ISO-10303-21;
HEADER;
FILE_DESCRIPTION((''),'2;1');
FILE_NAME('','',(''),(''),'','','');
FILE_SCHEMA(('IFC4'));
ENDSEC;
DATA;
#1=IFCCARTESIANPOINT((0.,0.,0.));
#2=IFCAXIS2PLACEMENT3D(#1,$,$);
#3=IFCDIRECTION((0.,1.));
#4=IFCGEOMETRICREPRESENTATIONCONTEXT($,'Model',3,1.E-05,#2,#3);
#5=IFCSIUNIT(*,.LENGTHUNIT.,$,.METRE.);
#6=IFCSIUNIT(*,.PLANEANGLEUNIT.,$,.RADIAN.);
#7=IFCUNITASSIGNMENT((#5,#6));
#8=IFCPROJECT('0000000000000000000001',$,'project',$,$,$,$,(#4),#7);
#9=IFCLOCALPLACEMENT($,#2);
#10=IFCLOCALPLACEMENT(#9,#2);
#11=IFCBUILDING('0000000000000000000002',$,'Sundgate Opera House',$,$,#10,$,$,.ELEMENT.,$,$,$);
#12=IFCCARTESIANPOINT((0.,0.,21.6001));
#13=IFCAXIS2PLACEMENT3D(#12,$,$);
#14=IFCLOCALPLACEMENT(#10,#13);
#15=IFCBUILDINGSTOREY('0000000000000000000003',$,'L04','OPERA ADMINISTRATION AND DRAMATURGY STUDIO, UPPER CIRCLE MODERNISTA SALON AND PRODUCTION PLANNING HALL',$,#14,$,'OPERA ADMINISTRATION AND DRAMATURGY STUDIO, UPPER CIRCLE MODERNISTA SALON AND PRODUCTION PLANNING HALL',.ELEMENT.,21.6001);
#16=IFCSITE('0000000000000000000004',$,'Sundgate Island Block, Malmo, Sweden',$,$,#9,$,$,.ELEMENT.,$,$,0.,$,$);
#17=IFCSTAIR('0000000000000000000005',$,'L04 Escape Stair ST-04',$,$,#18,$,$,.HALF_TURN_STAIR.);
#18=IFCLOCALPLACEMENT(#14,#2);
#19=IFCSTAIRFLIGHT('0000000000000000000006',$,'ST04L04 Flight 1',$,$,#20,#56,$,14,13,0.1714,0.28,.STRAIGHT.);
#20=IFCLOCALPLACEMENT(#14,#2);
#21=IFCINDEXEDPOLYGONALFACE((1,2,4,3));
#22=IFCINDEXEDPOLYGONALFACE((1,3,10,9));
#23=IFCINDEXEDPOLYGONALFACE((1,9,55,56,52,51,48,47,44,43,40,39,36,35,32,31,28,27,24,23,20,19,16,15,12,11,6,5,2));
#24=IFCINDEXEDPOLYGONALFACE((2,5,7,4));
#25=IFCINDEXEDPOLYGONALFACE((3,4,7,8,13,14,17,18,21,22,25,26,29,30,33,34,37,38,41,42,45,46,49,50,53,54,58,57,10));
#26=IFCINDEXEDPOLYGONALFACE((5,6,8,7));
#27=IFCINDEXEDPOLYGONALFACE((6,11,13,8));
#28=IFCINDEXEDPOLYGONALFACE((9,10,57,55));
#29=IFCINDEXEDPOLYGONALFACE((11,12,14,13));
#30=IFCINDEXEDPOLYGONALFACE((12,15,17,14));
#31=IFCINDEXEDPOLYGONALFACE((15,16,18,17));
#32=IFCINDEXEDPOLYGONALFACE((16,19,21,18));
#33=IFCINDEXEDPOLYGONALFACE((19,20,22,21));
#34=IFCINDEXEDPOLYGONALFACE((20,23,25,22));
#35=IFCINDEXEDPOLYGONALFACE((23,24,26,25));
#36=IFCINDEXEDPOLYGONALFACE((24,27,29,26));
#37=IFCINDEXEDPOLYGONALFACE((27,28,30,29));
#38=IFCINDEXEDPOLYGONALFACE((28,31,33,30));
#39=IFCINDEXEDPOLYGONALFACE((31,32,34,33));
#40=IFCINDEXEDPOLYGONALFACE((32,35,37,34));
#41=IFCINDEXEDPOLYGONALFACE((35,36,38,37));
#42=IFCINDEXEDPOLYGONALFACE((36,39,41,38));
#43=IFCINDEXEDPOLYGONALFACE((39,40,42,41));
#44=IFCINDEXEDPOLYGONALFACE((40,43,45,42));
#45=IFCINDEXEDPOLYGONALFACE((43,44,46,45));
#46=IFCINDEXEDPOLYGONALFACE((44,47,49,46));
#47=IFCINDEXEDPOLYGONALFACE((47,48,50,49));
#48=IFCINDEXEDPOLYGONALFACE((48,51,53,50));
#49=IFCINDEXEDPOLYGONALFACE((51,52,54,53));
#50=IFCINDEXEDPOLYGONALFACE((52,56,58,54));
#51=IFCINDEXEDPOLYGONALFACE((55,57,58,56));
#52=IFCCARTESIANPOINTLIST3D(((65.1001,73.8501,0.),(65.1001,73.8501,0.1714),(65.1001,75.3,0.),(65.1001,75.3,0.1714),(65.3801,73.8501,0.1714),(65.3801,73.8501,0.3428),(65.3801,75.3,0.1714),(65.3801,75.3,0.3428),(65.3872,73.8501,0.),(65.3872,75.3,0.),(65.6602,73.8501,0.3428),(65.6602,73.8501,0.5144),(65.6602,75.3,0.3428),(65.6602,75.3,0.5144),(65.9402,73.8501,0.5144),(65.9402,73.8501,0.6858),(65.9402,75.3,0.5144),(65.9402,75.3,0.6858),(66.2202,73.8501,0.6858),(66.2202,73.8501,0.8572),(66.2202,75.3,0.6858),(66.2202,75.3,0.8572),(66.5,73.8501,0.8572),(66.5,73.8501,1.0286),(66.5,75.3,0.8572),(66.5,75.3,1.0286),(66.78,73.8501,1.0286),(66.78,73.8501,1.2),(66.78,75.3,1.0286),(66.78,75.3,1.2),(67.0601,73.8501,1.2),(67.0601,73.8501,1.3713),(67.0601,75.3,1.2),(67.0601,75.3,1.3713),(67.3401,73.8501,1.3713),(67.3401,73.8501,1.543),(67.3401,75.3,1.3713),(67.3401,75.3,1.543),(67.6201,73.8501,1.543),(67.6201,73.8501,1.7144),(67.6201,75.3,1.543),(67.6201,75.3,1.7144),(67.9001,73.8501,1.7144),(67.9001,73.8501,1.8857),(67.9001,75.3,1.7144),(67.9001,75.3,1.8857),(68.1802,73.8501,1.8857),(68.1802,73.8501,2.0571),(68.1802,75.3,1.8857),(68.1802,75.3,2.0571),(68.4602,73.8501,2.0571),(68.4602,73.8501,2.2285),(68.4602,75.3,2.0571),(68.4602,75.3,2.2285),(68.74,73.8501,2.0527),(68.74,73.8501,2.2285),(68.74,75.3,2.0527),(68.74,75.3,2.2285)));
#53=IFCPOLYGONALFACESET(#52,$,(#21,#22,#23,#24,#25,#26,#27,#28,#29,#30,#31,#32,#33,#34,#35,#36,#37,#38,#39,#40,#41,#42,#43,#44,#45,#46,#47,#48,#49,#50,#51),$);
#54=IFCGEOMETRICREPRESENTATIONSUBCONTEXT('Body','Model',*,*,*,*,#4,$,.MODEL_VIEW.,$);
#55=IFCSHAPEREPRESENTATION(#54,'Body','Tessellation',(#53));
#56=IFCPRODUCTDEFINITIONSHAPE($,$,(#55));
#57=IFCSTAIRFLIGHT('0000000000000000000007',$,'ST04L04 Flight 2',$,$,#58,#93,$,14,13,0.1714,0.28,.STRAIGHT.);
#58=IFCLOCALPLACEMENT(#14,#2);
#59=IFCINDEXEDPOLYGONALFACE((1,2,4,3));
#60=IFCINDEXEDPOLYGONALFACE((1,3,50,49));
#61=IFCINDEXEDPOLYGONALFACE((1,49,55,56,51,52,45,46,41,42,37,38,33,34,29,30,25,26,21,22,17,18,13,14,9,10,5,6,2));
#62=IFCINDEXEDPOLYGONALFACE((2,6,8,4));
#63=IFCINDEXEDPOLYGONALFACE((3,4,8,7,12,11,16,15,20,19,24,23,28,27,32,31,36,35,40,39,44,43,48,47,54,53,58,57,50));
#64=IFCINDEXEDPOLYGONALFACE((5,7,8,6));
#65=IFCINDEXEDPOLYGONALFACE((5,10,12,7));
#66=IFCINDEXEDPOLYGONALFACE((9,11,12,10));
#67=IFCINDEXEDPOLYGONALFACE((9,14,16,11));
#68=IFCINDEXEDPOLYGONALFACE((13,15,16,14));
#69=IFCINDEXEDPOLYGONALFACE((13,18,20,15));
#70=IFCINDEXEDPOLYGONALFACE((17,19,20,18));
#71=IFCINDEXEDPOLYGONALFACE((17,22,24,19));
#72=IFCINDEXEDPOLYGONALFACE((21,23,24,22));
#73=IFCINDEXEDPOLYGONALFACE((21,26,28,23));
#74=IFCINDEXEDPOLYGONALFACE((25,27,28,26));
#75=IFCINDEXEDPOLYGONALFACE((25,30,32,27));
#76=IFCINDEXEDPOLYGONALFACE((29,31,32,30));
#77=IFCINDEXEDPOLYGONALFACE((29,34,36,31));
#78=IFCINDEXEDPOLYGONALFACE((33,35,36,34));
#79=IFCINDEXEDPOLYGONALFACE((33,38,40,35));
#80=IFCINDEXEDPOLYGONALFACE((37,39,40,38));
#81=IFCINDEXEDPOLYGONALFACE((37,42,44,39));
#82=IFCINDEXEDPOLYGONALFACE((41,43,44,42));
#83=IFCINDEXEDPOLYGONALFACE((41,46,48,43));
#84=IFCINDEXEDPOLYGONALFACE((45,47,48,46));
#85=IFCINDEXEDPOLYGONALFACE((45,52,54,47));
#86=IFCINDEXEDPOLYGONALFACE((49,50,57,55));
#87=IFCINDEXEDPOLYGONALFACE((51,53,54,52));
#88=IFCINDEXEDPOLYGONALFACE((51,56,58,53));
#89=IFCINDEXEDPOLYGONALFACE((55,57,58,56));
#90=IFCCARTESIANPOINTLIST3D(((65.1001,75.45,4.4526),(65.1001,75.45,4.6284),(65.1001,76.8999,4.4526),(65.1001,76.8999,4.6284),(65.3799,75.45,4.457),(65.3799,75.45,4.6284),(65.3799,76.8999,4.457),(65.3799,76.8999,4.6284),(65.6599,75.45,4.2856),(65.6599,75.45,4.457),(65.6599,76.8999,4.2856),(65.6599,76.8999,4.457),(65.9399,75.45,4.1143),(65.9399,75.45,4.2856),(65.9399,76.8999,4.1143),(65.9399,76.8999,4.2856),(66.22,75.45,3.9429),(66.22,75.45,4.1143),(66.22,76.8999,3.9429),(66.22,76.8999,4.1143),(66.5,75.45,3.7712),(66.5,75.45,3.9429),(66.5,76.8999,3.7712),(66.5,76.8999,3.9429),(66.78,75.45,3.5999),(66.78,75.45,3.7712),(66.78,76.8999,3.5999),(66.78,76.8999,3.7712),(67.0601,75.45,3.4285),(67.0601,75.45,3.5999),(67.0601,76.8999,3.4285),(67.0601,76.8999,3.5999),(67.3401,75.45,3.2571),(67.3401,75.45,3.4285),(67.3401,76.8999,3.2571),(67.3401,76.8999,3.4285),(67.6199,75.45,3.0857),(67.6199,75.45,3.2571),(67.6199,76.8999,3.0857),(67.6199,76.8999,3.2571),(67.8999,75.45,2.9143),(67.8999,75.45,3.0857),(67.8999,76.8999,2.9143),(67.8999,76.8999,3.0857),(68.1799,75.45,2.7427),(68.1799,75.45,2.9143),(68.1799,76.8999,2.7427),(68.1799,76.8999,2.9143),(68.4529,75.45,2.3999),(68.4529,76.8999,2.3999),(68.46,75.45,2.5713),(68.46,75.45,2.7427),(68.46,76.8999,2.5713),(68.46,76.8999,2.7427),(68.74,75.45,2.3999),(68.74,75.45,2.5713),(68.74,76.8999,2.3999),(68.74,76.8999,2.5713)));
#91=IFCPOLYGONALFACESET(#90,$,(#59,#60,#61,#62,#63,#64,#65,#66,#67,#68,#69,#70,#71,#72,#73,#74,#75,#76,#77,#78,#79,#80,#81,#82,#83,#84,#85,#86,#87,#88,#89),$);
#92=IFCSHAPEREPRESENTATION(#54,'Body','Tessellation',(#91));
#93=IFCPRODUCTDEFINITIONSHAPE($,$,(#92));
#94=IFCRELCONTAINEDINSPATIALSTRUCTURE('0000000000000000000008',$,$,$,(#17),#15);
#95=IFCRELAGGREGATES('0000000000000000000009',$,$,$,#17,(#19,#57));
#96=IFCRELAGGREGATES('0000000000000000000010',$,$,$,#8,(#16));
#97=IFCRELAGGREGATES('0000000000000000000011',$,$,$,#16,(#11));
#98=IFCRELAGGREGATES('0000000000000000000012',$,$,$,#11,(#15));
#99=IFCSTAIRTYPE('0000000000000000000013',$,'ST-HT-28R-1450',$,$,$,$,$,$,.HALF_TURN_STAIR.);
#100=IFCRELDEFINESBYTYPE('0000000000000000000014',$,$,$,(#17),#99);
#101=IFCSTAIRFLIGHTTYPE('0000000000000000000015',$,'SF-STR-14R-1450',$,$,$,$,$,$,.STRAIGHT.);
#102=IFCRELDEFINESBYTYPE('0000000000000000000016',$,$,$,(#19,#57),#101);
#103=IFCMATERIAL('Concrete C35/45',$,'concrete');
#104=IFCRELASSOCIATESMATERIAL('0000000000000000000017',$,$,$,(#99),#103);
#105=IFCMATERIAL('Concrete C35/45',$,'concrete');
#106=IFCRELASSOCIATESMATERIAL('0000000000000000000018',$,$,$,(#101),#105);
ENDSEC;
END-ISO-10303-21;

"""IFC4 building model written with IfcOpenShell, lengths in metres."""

from ifc_helpers import new_model, si_unit, direction, frame, origin, place, context, subcontext, project, spatial, polyline, outline, extrude, material, type_object, element, aggregate, save


model = new_model("IFC4")

# Units and contexts
model_context = context("Model", 3, precision=1e-05, world=origin(), true_north=direction((0.0, 1.0)))
body_context = subcontext(model_context, "Body", "Model", "MODEL_VIEW")
ifc_project = project(units=[si_unit("LENGTHUNIT", "METRE"), si_unit("PLANEANGLEUNIT", "RADIAN")], contexts=[model_context])

# Site, building, storey
site_placement = place(None, origin())
site = spatial("IfcSite", under=ifc_project, at=site_placement, Name="Sundgate Island Block, Malmo, Sweden", CompositionType="ELEMENT", RefElevation=0.0)
building_placement = place(site_placement, origin())
building = spatial("IfcBuilding", under=site, at=building_placement, Name="Sundgate Opera House", CompositionType="ELEMENT")
storey_placement = place(building_placement, frame((0.0, 0.0, 21.6001)))
storey = spatial("IfcBuildingStorey", under=building, at=storey_placement, Name="L04", Description="OPERA ADMINISTRATION AND DRAMATURGY STUDIO, UPPER CIRCLE MODERNISTA SALON AND PRODUCTION PLANNING HALL", LongName="OPERA ADMINISTRATION AND DRAMATURGY STUDIO, UPPER CIRCLE MODERNISTA SALON AND PRODUCTION PLANNING HALL", CompositionType="ELEMENT", Elevation=21.6001)

# Stair, stair flights
ifc_material_1 = material(Name="Concrete C35/45", Category="concrete")
stair_type = type_object("IfcStairType", Name="ST-HT-28R-1450", PredefinedType="HALF_TURN_STAIR", material=ifc_material_1)
stair_placement = place(storey_placement, origin())
stair = element("IfcStair", 1, at=stair_placement, inside=storey, type_object=stair_type, Name="L04 Escape Stair ST-04", PredefinedType="HALF_TURN_STAIR")
ifc_material_2 = material(Name="Concrete C35/45", Category="concrete")
stair_flight_type = type_object("IfcStairFlightType", Name="SF-STR-14R-1450", PredefinedType="STRAIGHT", material=ifc_material_2)
stair_flight_1_placement = place(storey_placement, frame((65.1001, 74.575, 0.0), z_axis=(0.0, 0.0, 1.0), x_axis=(1.0, 0.0, 0.0)))
stair_flight_1 = element("IfcStairFlight", 2, at=stair_flight_1_placement, type_object=stair_flight_type, Name="ST04L04 Flight 1", NumberOfRisers=14, NumberOfTreads=13, PredefinedType="STRAIGHT", RiserHeight=0.1714, TreadLength=0.28, context=body_context, shape_type="SweptSolid", body=[
    extrude(outline(polyline([(0.0, 0.0), (0.0, 0.1714), (0.28, 0.1714), (0.28, 0.3428), (0.5601, 0.3428), (0.5601, 0.5144), (0.8401, 0.5144), (0.8401, 0.6858), (1.1201, 0.6858), (1.1201, 0.8572), (1.3999, 0.8572), (1.3999, 1.0286), (1.6799, 1.0286), (1.6799, 1.2), (1.96, 1.2), (1.96, 1.3713), (2.24, 1.3713), (2.24, 1.543), (2.52, 1.543), (2.52, 1.7144), (2.8, 1.7144), (2.8, 1.8857), (3.0801, 1.8857), (3.0801, 2.0571), (3.3601, 2.0571), (3.3601, 2.2285), (3.6399, 2.2285), (3.6399, 2.3999), (3.6399, 2.0527), (0.2871, 0.0), (0.0, 0.0)])), frame((0.0, 0.7251, 0.0), z_axis=(0.0, -1.0, 0.0), x_axis=(1.0, 0.0, 0.0)), (0.0, 0.0, 1.0), 1.45),
])
stair_flight_2_placement = place(storey_placement, frame((68.74, 76.175, 2.3999), z_axis=(0.0, 0.0, 1.0), x_axis=(-1.0, 0.0, 0.0)))
stair_flight_2 = element("IfcStairFlight", 3, at=stair_flight_2_placement, type_object=stair_flight_type, Name="ST04L04 Flight 2", NumberOfRisers=14, NumberOfTreads=13, PredefinedType="STRAIGHT", RiserHeight=0.1714, TreadLength=0.28, context=body_context, shape_type="SweptSolid", body=[
    extrude(outline(polyline([(0.0, 0.0), (0.0, 0.1714), (0.28, 0.1714), (0.28, 0.3428), (0.5601, 0.3428), (0.5601, 0.5144), (0.8401, 0.5144), (0.8401, 0.6858), (1.1201, 0.6858), (1.1201, 0.8572), (1.3999, 0.8572), (1.3999, 1.0286), (1.6799, 1.0286), (1.6799, 1.2), (1.96, 1.2), (1.96, 1.3713), (2.24, 1.3713), (2.24, 1.543), (2.52, 1.543), (2.52, 1.7144), (2.8, 1.7144), (2.8, 1.8857), (3.0801, 1.8857), (3.0801, 2.0571), (3.3601, 2.0571), (3.3601, 2.2285), (3.6399, 2.2285), (3.6399, 2.3999), (3.6399, 2.0527), (0.2871, 0.0), (0.0, 0.0)])), frame((0.0, 0.7251, 0.0), z_axis=(0.0, -1.0, 0.0), x_axis=(1.0, 0.0, 0.0)), (0.0, 0.0, 1.0), 1.45),
])
aggregate(stair, [stair_flight_1, stair_flight_2])

save(model, "model.ifc")
